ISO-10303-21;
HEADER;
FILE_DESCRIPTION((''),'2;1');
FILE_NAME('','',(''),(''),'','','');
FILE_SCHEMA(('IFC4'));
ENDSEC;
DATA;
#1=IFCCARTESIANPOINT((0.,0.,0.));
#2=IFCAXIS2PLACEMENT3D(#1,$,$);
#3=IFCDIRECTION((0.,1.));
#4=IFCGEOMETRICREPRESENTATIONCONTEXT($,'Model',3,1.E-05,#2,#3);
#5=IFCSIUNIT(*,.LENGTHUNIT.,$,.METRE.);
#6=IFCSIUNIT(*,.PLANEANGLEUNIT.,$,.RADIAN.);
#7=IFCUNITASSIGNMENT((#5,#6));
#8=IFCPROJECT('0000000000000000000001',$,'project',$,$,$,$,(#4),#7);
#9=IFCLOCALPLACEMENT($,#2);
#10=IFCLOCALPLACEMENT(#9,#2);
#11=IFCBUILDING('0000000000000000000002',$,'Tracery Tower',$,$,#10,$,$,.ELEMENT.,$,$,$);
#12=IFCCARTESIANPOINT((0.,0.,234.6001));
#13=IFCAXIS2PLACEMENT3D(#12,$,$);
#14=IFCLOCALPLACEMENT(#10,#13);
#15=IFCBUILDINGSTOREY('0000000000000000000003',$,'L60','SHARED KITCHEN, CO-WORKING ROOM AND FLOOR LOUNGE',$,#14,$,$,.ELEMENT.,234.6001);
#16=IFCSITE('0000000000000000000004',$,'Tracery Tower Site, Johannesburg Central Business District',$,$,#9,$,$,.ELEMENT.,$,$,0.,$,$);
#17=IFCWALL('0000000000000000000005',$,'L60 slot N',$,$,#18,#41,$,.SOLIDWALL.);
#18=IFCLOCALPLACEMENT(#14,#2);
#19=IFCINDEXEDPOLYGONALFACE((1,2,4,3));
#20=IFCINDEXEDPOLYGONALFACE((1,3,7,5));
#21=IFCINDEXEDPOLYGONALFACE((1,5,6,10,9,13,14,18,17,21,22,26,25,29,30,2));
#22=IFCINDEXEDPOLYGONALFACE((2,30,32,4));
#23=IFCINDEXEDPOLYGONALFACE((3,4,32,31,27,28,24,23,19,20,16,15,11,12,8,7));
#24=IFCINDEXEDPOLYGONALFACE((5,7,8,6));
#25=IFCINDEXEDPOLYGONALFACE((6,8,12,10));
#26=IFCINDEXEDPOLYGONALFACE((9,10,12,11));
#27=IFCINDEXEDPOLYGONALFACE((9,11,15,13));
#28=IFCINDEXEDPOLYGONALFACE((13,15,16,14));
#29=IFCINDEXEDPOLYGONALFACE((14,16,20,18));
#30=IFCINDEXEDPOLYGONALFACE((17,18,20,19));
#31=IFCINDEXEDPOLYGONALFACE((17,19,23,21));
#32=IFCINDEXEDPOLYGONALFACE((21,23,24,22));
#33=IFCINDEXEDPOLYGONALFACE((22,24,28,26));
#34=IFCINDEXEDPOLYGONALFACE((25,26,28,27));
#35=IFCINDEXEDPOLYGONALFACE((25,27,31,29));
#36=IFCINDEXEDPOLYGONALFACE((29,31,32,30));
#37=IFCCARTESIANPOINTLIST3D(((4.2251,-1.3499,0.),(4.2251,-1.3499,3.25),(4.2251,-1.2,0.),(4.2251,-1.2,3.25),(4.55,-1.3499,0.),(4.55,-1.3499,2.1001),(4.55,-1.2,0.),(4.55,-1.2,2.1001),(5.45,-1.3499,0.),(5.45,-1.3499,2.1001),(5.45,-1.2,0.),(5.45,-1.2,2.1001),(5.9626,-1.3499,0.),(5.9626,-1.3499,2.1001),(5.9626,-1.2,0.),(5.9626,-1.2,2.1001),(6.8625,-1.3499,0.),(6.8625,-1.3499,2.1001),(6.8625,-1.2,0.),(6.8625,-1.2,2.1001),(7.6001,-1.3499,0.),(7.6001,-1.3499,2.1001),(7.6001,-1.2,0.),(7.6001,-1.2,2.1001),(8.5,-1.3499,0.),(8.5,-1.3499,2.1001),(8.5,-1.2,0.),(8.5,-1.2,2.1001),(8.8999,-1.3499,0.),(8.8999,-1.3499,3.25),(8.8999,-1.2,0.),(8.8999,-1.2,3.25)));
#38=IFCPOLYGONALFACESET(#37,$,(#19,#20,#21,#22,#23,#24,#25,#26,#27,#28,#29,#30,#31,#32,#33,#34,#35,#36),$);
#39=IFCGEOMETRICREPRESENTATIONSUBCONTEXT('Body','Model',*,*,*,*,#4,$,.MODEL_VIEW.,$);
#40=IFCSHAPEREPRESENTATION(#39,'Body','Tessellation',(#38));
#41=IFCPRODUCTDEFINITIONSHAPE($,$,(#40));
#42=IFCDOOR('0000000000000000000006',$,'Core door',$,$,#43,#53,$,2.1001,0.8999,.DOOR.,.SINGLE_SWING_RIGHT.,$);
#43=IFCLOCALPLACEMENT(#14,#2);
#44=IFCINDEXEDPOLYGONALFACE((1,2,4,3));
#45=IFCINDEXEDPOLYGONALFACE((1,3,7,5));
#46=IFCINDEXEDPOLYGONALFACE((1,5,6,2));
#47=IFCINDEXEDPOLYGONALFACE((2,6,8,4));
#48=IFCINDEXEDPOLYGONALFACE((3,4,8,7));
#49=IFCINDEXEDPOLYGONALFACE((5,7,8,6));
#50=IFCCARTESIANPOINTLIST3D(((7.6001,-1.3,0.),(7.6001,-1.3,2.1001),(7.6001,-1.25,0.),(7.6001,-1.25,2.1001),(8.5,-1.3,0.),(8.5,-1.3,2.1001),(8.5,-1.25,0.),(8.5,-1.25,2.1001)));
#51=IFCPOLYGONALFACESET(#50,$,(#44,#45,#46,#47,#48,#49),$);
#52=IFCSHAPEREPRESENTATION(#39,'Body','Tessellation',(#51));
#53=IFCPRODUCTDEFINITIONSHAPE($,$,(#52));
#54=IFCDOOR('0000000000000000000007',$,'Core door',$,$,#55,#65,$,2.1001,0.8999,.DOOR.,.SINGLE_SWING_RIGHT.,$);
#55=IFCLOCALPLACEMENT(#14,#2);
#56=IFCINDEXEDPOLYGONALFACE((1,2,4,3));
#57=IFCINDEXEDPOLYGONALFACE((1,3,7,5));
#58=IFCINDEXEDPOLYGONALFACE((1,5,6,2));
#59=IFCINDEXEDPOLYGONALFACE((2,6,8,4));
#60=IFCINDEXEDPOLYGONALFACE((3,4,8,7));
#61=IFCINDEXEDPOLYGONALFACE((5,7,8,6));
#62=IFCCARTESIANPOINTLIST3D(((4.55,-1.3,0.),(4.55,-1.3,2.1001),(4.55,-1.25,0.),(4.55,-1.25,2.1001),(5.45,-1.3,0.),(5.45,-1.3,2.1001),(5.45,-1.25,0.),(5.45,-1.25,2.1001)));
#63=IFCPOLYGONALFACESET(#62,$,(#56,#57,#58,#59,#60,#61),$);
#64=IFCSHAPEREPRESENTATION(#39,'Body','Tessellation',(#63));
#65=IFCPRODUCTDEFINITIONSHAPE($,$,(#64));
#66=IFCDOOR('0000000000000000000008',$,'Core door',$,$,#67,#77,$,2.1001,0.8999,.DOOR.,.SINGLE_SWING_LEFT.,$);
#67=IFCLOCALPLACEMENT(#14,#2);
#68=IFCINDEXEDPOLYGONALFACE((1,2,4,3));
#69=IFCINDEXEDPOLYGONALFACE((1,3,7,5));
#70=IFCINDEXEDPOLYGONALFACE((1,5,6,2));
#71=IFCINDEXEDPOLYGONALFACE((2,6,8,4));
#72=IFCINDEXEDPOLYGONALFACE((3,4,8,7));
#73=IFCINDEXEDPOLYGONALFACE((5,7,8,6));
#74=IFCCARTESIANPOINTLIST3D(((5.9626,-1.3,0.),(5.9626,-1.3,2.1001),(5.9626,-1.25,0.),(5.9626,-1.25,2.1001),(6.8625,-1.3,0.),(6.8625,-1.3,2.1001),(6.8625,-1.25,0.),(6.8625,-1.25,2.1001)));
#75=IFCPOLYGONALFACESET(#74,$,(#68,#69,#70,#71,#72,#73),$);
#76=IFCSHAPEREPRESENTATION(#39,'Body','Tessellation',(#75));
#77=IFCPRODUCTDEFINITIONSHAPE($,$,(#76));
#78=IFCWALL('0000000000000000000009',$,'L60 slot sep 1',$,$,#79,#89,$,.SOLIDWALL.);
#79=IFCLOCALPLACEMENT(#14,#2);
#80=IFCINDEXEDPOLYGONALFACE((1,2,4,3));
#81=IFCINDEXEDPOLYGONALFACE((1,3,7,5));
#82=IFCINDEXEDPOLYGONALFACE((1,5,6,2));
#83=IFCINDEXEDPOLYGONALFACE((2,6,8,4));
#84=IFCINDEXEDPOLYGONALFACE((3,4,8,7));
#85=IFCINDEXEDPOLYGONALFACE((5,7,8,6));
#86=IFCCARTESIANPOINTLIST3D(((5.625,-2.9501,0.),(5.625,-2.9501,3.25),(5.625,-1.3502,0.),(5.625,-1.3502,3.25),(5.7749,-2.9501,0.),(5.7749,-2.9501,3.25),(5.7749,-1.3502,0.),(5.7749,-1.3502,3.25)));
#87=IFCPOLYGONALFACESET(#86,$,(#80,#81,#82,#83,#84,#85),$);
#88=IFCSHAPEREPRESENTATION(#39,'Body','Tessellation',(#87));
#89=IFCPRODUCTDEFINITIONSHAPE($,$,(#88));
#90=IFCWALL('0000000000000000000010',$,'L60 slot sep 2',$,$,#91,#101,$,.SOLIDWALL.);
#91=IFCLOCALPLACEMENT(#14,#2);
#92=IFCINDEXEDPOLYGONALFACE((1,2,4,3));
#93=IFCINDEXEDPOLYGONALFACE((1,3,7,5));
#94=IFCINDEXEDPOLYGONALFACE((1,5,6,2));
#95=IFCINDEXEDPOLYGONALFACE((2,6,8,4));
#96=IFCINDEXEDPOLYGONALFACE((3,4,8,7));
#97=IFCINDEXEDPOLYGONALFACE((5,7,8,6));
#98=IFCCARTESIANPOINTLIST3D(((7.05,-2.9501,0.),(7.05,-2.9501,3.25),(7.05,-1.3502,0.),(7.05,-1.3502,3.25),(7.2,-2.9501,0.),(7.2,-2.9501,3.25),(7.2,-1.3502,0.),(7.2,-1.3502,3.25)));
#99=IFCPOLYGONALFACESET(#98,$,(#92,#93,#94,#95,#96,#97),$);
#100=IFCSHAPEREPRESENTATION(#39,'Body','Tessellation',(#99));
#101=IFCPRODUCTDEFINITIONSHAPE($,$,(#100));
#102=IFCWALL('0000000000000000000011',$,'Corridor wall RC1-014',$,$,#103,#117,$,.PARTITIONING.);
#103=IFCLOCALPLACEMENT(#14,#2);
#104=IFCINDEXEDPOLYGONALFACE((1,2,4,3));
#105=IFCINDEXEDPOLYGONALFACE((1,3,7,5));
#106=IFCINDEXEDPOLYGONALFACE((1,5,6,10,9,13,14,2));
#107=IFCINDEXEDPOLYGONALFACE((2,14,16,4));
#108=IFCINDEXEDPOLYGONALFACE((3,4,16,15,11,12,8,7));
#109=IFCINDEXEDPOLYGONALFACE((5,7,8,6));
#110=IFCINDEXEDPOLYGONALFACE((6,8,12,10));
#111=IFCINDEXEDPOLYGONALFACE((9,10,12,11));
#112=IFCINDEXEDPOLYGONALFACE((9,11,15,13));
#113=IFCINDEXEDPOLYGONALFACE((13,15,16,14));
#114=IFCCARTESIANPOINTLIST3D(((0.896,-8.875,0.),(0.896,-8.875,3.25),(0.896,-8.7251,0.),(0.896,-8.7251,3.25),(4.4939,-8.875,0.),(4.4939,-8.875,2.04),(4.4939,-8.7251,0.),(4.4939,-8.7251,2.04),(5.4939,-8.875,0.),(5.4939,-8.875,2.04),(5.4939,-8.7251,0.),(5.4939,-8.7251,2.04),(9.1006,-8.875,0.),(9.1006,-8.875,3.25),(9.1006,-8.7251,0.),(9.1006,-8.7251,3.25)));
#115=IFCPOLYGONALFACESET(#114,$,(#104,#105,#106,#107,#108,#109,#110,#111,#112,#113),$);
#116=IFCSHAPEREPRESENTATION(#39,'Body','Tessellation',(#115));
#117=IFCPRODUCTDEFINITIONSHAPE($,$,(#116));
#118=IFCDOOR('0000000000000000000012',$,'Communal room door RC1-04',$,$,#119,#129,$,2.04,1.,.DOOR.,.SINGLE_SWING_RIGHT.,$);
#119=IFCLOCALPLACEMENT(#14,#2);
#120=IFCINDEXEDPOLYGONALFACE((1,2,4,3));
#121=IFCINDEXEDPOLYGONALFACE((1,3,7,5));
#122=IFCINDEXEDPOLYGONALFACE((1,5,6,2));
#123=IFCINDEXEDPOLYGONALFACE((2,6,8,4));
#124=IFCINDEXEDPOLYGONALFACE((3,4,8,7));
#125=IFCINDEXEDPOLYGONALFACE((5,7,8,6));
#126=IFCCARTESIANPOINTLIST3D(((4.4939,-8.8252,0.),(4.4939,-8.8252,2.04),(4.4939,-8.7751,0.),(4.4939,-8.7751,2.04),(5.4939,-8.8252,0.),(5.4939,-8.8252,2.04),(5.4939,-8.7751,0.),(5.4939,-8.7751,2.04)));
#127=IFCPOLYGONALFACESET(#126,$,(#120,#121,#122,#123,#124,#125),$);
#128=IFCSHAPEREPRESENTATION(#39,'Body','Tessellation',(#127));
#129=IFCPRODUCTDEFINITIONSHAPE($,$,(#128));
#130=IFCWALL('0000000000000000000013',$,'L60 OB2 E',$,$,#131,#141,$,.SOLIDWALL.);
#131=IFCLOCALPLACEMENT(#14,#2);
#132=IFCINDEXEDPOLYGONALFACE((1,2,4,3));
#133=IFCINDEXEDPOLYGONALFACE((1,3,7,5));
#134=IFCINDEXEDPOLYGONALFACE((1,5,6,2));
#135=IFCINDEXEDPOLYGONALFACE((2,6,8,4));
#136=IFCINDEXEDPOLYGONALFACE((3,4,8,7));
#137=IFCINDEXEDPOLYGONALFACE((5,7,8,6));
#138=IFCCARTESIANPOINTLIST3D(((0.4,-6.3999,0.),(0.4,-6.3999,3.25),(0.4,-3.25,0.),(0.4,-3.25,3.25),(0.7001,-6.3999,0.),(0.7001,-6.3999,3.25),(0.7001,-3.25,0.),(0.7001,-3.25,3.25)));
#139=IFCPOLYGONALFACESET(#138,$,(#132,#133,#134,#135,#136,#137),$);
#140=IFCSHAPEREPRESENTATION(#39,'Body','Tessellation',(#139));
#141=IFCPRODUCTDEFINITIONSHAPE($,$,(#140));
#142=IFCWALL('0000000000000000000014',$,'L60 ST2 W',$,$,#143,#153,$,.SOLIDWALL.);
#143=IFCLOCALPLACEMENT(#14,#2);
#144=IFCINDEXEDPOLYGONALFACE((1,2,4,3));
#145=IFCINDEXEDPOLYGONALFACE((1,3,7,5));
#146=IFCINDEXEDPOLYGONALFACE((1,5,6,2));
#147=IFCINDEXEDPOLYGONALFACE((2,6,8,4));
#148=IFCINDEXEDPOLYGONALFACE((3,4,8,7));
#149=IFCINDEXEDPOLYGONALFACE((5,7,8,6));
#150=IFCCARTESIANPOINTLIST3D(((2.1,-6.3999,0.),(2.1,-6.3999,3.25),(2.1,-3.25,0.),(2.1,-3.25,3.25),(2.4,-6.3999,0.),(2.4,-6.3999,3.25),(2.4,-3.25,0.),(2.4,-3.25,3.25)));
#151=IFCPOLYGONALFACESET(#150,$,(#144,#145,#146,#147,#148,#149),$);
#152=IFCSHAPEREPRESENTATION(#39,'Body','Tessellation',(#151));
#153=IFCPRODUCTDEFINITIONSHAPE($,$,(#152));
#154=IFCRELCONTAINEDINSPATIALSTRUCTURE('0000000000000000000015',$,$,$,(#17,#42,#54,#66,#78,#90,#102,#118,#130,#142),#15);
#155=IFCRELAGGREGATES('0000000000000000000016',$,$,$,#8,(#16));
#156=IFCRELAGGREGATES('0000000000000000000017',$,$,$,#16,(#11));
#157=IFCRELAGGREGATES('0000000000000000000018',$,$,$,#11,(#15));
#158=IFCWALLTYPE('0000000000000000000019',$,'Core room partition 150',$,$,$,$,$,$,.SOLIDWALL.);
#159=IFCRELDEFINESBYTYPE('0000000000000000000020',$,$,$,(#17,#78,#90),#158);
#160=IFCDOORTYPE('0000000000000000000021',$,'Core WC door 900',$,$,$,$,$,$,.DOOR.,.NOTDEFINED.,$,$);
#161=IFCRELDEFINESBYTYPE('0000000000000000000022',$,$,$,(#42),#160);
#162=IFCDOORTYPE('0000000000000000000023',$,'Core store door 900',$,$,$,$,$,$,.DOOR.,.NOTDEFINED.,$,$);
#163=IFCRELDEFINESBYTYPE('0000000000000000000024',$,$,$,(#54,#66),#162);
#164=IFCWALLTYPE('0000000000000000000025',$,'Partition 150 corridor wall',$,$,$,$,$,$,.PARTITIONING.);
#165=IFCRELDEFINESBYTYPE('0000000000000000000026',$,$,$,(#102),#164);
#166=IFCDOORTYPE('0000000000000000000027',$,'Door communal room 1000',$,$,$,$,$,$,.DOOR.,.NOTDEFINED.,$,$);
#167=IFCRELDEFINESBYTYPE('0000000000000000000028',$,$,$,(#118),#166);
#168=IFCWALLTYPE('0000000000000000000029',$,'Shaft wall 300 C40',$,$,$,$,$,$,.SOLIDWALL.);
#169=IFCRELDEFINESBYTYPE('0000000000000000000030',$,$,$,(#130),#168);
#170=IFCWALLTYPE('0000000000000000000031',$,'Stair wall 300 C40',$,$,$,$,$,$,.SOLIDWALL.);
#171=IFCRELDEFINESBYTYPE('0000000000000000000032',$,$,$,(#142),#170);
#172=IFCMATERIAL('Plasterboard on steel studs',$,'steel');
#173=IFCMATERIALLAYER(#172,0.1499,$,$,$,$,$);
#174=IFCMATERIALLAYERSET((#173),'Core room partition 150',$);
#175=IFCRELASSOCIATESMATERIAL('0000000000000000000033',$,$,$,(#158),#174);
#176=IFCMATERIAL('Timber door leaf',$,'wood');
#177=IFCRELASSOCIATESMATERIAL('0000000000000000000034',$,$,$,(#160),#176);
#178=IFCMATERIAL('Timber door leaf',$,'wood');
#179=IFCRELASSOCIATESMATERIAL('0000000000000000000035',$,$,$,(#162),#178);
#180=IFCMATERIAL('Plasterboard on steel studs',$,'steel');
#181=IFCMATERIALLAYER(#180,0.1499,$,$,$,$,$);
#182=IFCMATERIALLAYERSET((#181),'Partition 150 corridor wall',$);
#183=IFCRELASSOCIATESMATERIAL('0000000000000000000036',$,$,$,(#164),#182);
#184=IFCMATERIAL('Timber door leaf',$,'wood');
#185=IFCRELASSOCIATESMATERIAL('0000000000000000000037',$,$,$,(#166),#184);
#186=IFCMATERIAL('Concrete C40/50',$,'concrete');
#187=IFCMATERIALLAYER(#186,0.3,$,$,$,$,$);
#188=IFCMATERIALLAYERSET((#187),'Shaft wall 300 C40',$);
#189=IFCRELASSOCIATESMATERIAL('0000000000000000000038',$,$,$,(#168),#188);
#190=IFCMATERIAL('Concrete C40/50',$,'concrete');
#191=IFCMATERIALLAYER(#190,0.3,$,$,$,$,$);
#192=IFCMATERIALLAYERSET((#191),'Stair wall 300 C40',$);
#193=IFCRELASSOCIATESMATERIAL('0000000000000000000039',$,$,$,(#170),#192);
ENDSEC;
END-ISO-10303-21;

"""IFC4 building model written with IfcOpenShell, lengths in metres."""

from ifc_helpers import new_model, si_unit, direction, frame, frame_2d, origin, place, context, subcontext, project, spatial, rectangle, extrude, material, layer, layer_set, type_object, element, fill, save


model = new_model("IFC4")

# Units and contexts
model_context = context("Model", 3, precision=1e-05, world=origin(), true_north=direction((0.0, 1.0)))
body_context = subcontext(model_context, "Body", "Model", "MODEL_VIEW")
ifc_project = project(units=[si_unit("LENGTHUNIT", "METRE"), si_unit("PLANEANGLEUNIT", "RADIAN")], contexts=[model_context])

# Site, building, storey
site_placement = place(None, origin())
site = spatial("IfcSite", under=ifc_project, at=site_placement, Name="Tracery Tower Site, Johannesburg Central Business District", CompositionType="ELEMENT", RefElevation=0.0)
building_placement = place(site_placement, origin())
building = spatial("IfcBuilding", under=site, at=building_placement, Name="Tracery Tower", CompositionType="ELEMENT")
storey_placement = place(building_placement, frame((0.0, 0.0, 234.6001)))
storey = spatial("IfcBuildingStorey", under=building, at=storey_placement, Name="L60", Description="SHARED KITCHEN, CO-WORKING ROOM AND FLOOR LOUNGE", CompositionType="ELEMENT", Elevation=234.6001)

# Shared definitions
ifc_material_1 = material(Name="Plasterboard on steel studs", Category="steel")
ifc_layer_1 = layer(ifc_material_1, 0.1499)
ifc_layer_set_1 = layer_set([ifc_layer_1], Name="Core room partition 150")
wall_type_1 = type_object("IfcWallType", Name="Core room partition 150", PredefinedType="SOLIDWALL", material=ifc_layer_set_1)

# Wall, openings, doors
wall_1_placement = place(storey_placement, frame((4.2251, -1.2749, 0.0), z_axis=(0.0, 0.0, 1.0), x_axis=(1.0, 0.0, 0.0)))
wall_1 = element("IfcWall", 1, at=wall_1_placement, inside=storey, type_object=wall_type_1, Name="L60 slot N", PredefinedType="SOLIDWALL", context=body_context, shape_type="SweptSolid", body=[
    extrude(rectangle(XDim=4.6748, YDim=0.1499, at=frame_2d((2.3374, 0.0))), origin(), (0.0, 0.0, 1.0), 3.25),
])
opening_1_placement = place(wall_1_placement, frame((0.325, 0.0, 0.0)))
opening_1 = element("IfcOpeningElement", 2, at=opening_1_placement, cuts=wall_1, PredefinedType="OPENING", context=body_context, shape_type="SweptSolid", body=[
    extrude(rectangle(XDim=0.8999, YDim=2.1001, at=frame_2d((0.45, 1.05))), frame((0.0, 0.075, 0.0), z_axis=(0.0, -1.0, 0.0), x_axis=(1.0, 0.0, 0.0)), (0.0, 0.0, 1.0), 0.1499),
])
opening_2_placement = place(wall_1_placement, frame((1.7375, 0.0, 0.0)))
opening_2 = element("IfcOpeningElement", 3, at=opening_2_placement, cuts=wall_1, PredefinedType="OPENING", context=body_context, shape_type="SweptSolid", body=[
    extrude(rectangle(XDim=0.8999, YDim=2.1001, at=frame_2d((0.45, 1.05))), frame((0.0, 0.075, 0.0), z_axis=(0.0, -1.0, 0.0), x_axis=(1.0, 0.0, 0.0)), (0.0, 0.0, 1.0), 0.1499),
])
opening_3_placement = place(wall_1_placement, frame((3.375, 0.0, 0.0)))
opening_3 = element("IfcOpeningElement", 4, at=opening_3_placement, cuts=wall_1, PredefinedType="OPENING", context=body_context, shape_type="SweptSolid", body=[
    extrude(rectangle(XDim=0.8999, YDim=2.1001, at=frame_2d((0.45, 1.05))), frame((0.0, 0.075, 0.0), z_axis=(0.0, -1.0, 0.0), x_axis=(1.0, 0.0, 0.0)), (0.0, 0.0, 1.0), 0.1499),
])
ifc_material_2 = material(Name="Timber door leaf", Category="wood")
door_type_1 = type_object("IfcDoorType", Name="Core WC door 900", OperationType="NOTDEFINED", PredefinedType="DOOR", material=ifc_material_2)
door_1_placement = place(opening_3_placement, origin())
door_1 = element("IfcDoor", 5, at=door_1_placement, inside=storey, type_object=door_type_1, Name="Core door", OperationType="SINGLE_SWING_RIGHT", OverallHeight=2.1001, OverallWidth=0.8999, PredefinedType="DOOR", context=body_context, shape_type="SweptSolid", body=[
    extrude(rectangle(XDim=0.8999, YDim=2.1001, at=frame_2d((0.45, 1.05))), frame((0.0, 0.0249, 0.0), z_axis=(0.0, -1.0, 0.0), x_axis=(1.0, 0.0, 0.0)), (0.0, 0.0, 1.0), 0.05),
])
fill(opening_3, door_1)
ifc_material_3 = material(Name="Timber door leaf", Category="wood")
door_type_2 = type_object("IfcDoorType", Name="Core store door 900", OperationType="NOTDEFINED", PredefinedType="DOOR", material=ifc_material_3)
door_2_placement = place(opening_1_placement, origin())
door_2 = element("IfcDoor", 6, at=door_2_placement, inside=storey, type_object=door_type_2, Name="Core door", OperationType="SINGLE_SWING_RIGHT", OverallHeight=2.1001, OverallWidth=0.8999, PredefinedType="DOOR", context=body_context, shape_type="SweptSolid", body=[
    extrude(rectangle(XDim=0.8999, YDim=2.1001, at=frame_2d((0.45, 1.05))), frame((0.0, 0.0249, 0.0), z_axis=(0.0, -1.0, 0.0), x_axis=(1.0, 0.0, 0.0)), (0.0, 0.0, 1.0), 0.05),
])
fill(opening_1, door_2)
door_3_placement = place(opening_2_placement, origin())
door_3 = element("IfcDoor", 7, at=door_3_placement, inside=storey, type_object=door_type_2, Name="Core door", OperationType="SINGLE_SWING_LEFT", OverallHeight=2.1001, OverallWidth=0.8999, PredefinedType="DOOR", context=body_context, shape_type="SweptSolid", body=[
    extrude(rectangle(XDim=0.8999, YDim=2.1001, at=frame_2d((0.45, 1.05))), frame((0.0, 0.0249, 0.0), z_axis=(0.0, -1.0, 0.0), x_axis=(1.0, 0.0, 0.0)), (0.0, 0.0, 1.0), 0.05),
])
fill(opening_2, door_3)

# Walls
for number, where, z_axis, x_axis, name in (
    (8, (5.7, -2.95, 0.0), (0.0, 0.0, 1.0), (0.0, 1.0, 0.0), "L60 slot sep 1"),
    (9, (7.125, -2.95, 0.0), (0.0, 0.0, 1.0), (0.0, 1.0, 0.0), "L60 slot sep 2"),
):
    element("IfcWall", number, at=place(storey_placement, frame(where, z_axis=z_axis, x_axis=x_axis)), inside=storey, type_object=wall_type_1, Name=name, PredefinedType="SOLIDWALL", context=body_context, shape_type="SweptSolid", body=[
        extrude(rectangle(XDim=1.5999, YDim=0.1499, at=frame_2d((0.7998, 0.0))), origin(), (0.0, 0.0, 1.0), 3.25),
    ])

# Wall, opening, door
ifc_material_4 = material(Name="Plasterboard on steel studs", Category="steel")
ifc_layer_2 = layer(ifc_material_4, 0.1499)
ifc_layer_set_2 = layer_set([ifc_layer_2], Name="Partition 150 corridor wall")
wall_type_2 = type_object("IfcWallType", Name="Partition 150 corridor wall", PredefinedType="PARTITIONING", material=ifc_layer_set_2)
wall_2_placement = place(storey_placement, frame((0.896, -8.8, 0.0), z_axis=(0.0, 0.0, 1.0), x_axis=(1.0, 0.0, 0.0)))
wall_2 = element("IfcWall", 10, at=wall_2_placement, inside=storey, type_object=wall_type_2, Name="Corridor wall RC1-014", PredefinedType="PARTITIONING", context=body_context, shape_type="SweptSolid", body=[
    extrude(rectangle(XDim=8.2046, YDim=0.1499, at=frame_2d((4.1023, 0.0))), origin(), (0.0, 0.0, 1.0), 3.25),
])
opening_4_placement = place(wall_2_placement, frame((3.5979, 0.0, 0.0)))
opening_4 = element("IfcOpeningElement", 11, at=opening_4_placement, cuts=wall_2, PredefinedType="OPENING", context=body_context, shape_type="SweptSolid", body=[
    extrude(rectangle(XDim=1.0, YDim=2.04, at=frame_2d((0.5, 1.02))), frame((0.0, 0.075, 0.0), z_axis=(0.0, -1.0, 0.0), x_axis=(1.0, 0.0, 0.0)), (0.0, 0.0, 1.0), 0.1499),
])
ifc_material_5 = material(Name="Timber door leaf", Category="wood")
door_type_3 = type_object("IfcDoorType", Name="Door communal room 1000", OperationType="NOTDEFINED", PredefinedType="DOOR", material=ifc_material_5)
door_4_placement = place(opening_4_placement, origin())
door_4 = element("IfcDoor", 12, at=door_4_placement, inside=storey, type_object=door_type_3, Name="Communal room door RC1-04", OperationType="SINGLE_SWING_RIGHT", OverallHeight=2.04, OverallWidth=1.0, PredefinedType="DOOR", context=body_context, shape_type="SweptSolid", body=[
    extrude(rectangle(XDim=1.0, YDim=2.04, at=frame_2d((0.5, 1.02))), frame((0.0, 0.0249, 0.0), z_axis=(0.0, -1.0, 0.0), x_axis=(1.0, 0.0, 0.0)), (0.0, 0.0, 1.0), 0.05),
])
fill(opening_4, door_4)

# Wall
ifc_material_6 = material(Name="Concrete C40/50", Category="concrete")
ifc_layer_3 = layer(ifc_material_6, 0.3)
ifc_layer_set_3 = layer_set([ifc_layer_3], Name="Shaft wall 300 C40")
wall_type_3 = type_object("IfcWallType", Name="Shaft wall 300 C40", PredefinedType="SOLIDWALL", material=ifc_layer_set_3)
wall_3_placement = place(storey_placement, frame((0.55, -6.3999, 0.0), z_axis=(0.0, 0.0, 1.0), x_axis=(0.0, 1.0, 0.0)))
element("IfcWall", 13, at=wall_3_placement, inside=storey, type_object=wall_type_3, Name="L60 OB2 E", PredefinedType="SOLIDWALL", context=body_context, shape_type="SweptSolid", body=[
    extrude(rectangle(XDim=3.1499, YDim=0.3, at=frame_2d((1.575, 0.0))), origin(), (0.0, 0.0, 1.0), 3.25),
])

# Shared definitions
ifc_material_7 = material(Name="Concrete C40/50", Category="concrete")
ifc_layer_4 = layer(ifc_material_7, 0.3)
ifc_layer_set_4 = layer_set([ifc_layer_4], Name="Stair wall 300 C40")
wall_type_4 = type_object("IfcWallType", Name="Stair wall 300 C40", PredefinedType="SOLIDWALL", material=ifc_layer_set_4)

# Wall
wall_4_placement = place(storey_placement, frame((2.25, -6.3999, 0.0), z_axis=(0.0, 0.0, 1.0), x_axis=(0.0, 1.0, 0.0)))
element("IfcWall", 14, at=wall_4_placement, inside=storey, type_object=wall_type_4, Name="L60 ST2 W", PredefinedType="SOLIDWALL", context=body_context, shape_type="SweptSolid", body=[
    extrude(rectangle(XDim=3.1499, YDim=0.3, at=frame_2d((1.575, 0.0))), origin(), (0.0, 0.0, 1.0), 3.25),
])

save(model, "model.ifc")
